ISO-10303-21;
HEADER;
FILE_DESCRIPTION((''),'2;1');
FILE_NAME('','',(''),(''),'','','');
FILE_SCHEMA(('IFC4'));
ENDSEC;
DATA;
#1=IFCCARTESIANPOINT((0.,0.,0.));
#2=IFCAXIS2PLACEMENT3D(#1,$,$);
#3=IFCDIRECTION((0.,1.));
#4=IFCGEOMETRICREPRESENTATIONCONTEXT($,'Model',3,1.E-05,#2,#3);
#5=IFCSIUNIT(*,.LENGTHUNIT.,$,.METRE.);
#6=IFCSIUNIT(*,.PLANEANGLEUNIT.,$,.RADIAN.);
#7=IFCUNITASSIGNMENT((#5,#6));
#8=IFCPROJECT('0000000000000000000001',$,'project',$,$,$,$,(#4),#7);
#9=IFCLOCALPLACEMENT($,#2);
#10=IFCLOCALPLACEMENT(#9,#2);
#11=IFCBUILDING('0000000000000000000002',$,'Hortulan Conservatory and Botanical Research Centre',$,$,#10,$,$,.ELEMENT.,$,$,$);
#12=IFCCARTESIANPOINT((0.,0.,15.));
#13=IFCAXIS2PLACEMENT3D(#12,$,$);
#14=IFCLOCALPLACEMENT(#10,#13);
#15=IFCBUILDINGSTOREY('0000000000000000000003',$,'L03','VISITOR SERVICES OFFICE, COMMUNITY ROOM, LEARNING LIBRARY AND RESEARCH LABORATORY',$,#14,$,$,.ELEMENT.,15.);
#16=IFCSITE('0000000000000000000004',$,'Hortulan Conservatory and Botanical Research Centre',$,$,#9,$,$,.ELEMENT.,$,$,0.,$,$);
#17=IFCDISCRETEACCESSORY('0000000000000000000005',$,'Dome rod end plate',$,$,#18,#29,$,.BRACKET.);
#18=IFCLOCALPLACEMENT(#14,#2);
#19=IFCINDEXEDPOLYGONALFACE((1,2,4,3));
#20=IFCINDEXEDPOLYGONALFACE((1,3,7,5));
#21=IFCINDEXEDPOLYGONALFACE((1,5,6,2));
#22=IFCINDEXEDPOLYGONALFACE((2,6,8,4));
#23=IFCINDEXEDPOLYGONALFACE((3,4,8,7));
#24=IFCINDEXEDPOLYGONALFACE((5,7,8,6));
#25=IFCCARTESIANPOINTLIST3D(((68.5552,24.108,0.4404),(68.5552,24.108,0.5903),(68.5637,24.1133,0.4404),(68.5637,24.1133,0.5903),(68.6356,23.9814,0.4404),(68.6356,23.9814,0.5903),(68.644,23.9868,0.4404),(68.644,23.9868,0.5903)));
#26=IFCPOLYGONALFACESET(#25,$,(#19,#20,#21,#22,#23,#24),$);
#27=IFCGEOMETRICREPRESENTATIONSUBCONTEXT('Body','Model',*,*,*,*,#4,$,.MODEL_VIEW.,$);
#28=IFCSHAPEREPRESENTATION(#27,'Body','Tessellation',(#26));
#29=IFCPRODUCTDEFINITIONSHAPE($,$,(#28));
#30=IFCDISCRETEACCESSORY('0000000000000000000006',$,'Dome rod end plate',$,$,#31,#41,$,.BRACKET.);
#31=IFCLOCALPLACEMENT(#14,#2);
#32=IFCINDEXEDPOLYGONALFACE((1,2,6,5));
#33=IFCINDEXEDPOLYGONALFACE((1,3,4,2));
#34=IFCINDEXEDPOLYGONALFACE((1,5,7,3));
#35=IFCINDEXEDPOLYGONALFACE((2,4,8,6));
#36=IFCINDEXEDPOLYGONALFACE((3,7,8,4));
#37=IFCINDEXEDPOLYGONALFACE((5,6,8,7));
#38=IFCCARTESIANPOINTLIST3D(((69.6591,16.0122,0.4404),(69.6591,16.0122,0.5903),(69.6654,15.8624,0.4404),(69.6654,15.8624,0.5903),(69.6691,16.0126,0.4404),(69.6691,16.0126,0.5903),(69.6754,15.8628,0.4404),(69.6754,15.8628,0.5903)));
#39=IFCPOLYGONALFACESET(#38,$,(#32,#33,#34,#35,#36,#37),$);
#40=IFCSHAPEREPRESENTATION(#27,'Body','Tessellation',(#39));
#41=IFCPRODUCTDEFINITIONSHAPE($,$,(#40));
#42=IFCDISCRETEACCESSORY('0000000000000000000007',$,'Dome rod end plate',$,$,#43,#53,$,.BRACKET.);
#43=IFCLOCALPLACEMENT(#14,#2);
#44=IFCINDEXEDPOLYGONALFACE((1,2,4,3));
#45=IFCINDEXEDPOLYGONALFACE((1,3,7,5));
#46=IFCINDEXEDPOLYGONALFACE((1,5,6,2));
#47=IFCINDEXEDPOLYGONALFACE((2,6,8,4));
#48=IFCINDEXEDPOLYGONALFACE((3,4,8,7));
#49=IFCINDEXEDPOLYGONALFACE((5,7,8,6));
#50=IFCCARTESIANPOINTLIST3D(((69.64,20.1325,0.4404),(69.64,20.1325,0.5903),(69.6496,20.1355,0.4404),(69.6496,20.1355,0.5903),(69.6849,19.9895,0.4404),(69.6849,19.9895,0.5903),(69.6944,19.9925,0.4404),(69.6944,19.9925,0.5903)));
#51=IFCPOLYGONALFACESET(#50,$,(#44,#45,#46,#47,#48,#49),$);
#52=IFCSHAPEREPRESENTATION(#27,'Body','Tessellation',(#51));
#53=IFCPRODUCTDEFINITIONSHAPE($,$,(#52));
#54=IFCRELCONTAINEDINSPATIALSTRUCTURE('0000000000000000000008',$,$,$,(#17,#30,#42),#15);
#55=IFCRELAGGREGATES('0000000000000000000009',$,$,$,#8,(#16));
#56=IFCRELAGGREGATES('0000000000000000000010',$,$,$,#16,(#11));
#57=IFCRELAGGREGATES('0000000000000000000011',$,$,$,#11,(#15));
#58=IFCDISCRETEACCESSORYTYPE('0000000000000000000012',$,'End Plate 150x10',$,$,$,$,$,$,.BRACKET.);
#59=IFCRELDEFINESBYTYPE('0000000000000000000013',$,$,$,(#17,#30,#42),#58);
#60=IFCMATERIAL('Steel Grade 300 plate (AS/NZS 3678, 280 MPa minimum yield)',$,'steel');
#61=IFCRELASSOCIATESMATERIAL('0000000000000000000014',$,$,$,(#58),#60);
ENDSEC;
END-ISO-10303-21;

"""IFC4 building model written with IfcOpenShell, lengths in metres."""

from ifc_helpers import new_model, si_unit, direction, frame, origin, origin_2d, place, context, subcontext, project, spatial, rectangle, extrude, material, type_object, element, save


model = new_model("IFC4")

# Units and contexts
model_context = context("Model", 3, precision=1e-05, world=origin(), true_north=direction((0.0, 1.0)))
body_context = subcontext(model_context, "Body", "Model", "MODEL_VIEW")
ifc_project = project(units=[si_unit("LENGTHUNIT", "METRE"), si_unit("PLANEANGLEUNIT", "RADIAN")], contexts=[model_context])

# Site, building, storey
site_placement = place(None, origin())
site = spatial("IfcSite", under=ifc_project, at=site_placement, Name="Hortulan Conservatory and Botanical Research Centre", CompositionType="ELEMENT", RefElevation=0.0)
building_placement = place(site_placement, origin())
building = spatial("IfcBuilding", under=site, at=building_placement, Name="Hortulan Conservatory and Botanical Research Centre", CompositionType="ELEMENT")
storey_placement = place(building_placement, frame((0.0, 0.0, 15.0)))
storey = spatial("IfcBuildingStorey", under=building, at=storey_placement, Name="L03", Description="VISITOR SERVICES OFFICE, COMMUNITY ROOM, LEARNING LIBRARY AND RESEARCH LABORATORY", CompositionType="ELEMENT", Elevation=15.0)

# Discrete accessories
ifc_material_1 = material(Name="Steel Grade 300 plate (AS/NZS 3678, 280 MPa minimum yield)", Category="steel")
discrete_accessory_type = type_object("IfcDiscreteAccessoryType", Name="End Plate 150x10", PredefinedType="BRACKET", material=ifc_material_1)
for number, where, z_axis, x_axis, name in (
    (1, (68.5996, 24.0474, 0.4404), (0.0, 0.0, 1.0), (0.53593, -0.844262, 0.0), "Dome rod end plate"),
    (2, (69.6672, 15.9375, 0.4404), (0.0, 0.0, 1.0), (0.04198, -0.999118, 0.0), "Dome rod end plate"),
    (3, (69.6672, 20.0625, 0.4404), (0.0, 0.0, 1.0), (0.299157, -0.954204, 0.0), "Dome rod end plate"),
):
    element("IfcDiscreteAccessory", number, at=place(storey_placement, frame(where, z_axis=z_axis, x_axis=x_axis)), inside=storey, type_object=discrete_accessory_type, Name=name, PredefinedType="BRACKET", context=body_context, shape_type="SweptSolid", body=[
        extrude(rectangle(XDim=0.1499, YDim=0.01, at=origin_2d()), origin(), (0.0, 0.0, 1.0), 0.1499),
    ])

save(model, "model.ifc")
